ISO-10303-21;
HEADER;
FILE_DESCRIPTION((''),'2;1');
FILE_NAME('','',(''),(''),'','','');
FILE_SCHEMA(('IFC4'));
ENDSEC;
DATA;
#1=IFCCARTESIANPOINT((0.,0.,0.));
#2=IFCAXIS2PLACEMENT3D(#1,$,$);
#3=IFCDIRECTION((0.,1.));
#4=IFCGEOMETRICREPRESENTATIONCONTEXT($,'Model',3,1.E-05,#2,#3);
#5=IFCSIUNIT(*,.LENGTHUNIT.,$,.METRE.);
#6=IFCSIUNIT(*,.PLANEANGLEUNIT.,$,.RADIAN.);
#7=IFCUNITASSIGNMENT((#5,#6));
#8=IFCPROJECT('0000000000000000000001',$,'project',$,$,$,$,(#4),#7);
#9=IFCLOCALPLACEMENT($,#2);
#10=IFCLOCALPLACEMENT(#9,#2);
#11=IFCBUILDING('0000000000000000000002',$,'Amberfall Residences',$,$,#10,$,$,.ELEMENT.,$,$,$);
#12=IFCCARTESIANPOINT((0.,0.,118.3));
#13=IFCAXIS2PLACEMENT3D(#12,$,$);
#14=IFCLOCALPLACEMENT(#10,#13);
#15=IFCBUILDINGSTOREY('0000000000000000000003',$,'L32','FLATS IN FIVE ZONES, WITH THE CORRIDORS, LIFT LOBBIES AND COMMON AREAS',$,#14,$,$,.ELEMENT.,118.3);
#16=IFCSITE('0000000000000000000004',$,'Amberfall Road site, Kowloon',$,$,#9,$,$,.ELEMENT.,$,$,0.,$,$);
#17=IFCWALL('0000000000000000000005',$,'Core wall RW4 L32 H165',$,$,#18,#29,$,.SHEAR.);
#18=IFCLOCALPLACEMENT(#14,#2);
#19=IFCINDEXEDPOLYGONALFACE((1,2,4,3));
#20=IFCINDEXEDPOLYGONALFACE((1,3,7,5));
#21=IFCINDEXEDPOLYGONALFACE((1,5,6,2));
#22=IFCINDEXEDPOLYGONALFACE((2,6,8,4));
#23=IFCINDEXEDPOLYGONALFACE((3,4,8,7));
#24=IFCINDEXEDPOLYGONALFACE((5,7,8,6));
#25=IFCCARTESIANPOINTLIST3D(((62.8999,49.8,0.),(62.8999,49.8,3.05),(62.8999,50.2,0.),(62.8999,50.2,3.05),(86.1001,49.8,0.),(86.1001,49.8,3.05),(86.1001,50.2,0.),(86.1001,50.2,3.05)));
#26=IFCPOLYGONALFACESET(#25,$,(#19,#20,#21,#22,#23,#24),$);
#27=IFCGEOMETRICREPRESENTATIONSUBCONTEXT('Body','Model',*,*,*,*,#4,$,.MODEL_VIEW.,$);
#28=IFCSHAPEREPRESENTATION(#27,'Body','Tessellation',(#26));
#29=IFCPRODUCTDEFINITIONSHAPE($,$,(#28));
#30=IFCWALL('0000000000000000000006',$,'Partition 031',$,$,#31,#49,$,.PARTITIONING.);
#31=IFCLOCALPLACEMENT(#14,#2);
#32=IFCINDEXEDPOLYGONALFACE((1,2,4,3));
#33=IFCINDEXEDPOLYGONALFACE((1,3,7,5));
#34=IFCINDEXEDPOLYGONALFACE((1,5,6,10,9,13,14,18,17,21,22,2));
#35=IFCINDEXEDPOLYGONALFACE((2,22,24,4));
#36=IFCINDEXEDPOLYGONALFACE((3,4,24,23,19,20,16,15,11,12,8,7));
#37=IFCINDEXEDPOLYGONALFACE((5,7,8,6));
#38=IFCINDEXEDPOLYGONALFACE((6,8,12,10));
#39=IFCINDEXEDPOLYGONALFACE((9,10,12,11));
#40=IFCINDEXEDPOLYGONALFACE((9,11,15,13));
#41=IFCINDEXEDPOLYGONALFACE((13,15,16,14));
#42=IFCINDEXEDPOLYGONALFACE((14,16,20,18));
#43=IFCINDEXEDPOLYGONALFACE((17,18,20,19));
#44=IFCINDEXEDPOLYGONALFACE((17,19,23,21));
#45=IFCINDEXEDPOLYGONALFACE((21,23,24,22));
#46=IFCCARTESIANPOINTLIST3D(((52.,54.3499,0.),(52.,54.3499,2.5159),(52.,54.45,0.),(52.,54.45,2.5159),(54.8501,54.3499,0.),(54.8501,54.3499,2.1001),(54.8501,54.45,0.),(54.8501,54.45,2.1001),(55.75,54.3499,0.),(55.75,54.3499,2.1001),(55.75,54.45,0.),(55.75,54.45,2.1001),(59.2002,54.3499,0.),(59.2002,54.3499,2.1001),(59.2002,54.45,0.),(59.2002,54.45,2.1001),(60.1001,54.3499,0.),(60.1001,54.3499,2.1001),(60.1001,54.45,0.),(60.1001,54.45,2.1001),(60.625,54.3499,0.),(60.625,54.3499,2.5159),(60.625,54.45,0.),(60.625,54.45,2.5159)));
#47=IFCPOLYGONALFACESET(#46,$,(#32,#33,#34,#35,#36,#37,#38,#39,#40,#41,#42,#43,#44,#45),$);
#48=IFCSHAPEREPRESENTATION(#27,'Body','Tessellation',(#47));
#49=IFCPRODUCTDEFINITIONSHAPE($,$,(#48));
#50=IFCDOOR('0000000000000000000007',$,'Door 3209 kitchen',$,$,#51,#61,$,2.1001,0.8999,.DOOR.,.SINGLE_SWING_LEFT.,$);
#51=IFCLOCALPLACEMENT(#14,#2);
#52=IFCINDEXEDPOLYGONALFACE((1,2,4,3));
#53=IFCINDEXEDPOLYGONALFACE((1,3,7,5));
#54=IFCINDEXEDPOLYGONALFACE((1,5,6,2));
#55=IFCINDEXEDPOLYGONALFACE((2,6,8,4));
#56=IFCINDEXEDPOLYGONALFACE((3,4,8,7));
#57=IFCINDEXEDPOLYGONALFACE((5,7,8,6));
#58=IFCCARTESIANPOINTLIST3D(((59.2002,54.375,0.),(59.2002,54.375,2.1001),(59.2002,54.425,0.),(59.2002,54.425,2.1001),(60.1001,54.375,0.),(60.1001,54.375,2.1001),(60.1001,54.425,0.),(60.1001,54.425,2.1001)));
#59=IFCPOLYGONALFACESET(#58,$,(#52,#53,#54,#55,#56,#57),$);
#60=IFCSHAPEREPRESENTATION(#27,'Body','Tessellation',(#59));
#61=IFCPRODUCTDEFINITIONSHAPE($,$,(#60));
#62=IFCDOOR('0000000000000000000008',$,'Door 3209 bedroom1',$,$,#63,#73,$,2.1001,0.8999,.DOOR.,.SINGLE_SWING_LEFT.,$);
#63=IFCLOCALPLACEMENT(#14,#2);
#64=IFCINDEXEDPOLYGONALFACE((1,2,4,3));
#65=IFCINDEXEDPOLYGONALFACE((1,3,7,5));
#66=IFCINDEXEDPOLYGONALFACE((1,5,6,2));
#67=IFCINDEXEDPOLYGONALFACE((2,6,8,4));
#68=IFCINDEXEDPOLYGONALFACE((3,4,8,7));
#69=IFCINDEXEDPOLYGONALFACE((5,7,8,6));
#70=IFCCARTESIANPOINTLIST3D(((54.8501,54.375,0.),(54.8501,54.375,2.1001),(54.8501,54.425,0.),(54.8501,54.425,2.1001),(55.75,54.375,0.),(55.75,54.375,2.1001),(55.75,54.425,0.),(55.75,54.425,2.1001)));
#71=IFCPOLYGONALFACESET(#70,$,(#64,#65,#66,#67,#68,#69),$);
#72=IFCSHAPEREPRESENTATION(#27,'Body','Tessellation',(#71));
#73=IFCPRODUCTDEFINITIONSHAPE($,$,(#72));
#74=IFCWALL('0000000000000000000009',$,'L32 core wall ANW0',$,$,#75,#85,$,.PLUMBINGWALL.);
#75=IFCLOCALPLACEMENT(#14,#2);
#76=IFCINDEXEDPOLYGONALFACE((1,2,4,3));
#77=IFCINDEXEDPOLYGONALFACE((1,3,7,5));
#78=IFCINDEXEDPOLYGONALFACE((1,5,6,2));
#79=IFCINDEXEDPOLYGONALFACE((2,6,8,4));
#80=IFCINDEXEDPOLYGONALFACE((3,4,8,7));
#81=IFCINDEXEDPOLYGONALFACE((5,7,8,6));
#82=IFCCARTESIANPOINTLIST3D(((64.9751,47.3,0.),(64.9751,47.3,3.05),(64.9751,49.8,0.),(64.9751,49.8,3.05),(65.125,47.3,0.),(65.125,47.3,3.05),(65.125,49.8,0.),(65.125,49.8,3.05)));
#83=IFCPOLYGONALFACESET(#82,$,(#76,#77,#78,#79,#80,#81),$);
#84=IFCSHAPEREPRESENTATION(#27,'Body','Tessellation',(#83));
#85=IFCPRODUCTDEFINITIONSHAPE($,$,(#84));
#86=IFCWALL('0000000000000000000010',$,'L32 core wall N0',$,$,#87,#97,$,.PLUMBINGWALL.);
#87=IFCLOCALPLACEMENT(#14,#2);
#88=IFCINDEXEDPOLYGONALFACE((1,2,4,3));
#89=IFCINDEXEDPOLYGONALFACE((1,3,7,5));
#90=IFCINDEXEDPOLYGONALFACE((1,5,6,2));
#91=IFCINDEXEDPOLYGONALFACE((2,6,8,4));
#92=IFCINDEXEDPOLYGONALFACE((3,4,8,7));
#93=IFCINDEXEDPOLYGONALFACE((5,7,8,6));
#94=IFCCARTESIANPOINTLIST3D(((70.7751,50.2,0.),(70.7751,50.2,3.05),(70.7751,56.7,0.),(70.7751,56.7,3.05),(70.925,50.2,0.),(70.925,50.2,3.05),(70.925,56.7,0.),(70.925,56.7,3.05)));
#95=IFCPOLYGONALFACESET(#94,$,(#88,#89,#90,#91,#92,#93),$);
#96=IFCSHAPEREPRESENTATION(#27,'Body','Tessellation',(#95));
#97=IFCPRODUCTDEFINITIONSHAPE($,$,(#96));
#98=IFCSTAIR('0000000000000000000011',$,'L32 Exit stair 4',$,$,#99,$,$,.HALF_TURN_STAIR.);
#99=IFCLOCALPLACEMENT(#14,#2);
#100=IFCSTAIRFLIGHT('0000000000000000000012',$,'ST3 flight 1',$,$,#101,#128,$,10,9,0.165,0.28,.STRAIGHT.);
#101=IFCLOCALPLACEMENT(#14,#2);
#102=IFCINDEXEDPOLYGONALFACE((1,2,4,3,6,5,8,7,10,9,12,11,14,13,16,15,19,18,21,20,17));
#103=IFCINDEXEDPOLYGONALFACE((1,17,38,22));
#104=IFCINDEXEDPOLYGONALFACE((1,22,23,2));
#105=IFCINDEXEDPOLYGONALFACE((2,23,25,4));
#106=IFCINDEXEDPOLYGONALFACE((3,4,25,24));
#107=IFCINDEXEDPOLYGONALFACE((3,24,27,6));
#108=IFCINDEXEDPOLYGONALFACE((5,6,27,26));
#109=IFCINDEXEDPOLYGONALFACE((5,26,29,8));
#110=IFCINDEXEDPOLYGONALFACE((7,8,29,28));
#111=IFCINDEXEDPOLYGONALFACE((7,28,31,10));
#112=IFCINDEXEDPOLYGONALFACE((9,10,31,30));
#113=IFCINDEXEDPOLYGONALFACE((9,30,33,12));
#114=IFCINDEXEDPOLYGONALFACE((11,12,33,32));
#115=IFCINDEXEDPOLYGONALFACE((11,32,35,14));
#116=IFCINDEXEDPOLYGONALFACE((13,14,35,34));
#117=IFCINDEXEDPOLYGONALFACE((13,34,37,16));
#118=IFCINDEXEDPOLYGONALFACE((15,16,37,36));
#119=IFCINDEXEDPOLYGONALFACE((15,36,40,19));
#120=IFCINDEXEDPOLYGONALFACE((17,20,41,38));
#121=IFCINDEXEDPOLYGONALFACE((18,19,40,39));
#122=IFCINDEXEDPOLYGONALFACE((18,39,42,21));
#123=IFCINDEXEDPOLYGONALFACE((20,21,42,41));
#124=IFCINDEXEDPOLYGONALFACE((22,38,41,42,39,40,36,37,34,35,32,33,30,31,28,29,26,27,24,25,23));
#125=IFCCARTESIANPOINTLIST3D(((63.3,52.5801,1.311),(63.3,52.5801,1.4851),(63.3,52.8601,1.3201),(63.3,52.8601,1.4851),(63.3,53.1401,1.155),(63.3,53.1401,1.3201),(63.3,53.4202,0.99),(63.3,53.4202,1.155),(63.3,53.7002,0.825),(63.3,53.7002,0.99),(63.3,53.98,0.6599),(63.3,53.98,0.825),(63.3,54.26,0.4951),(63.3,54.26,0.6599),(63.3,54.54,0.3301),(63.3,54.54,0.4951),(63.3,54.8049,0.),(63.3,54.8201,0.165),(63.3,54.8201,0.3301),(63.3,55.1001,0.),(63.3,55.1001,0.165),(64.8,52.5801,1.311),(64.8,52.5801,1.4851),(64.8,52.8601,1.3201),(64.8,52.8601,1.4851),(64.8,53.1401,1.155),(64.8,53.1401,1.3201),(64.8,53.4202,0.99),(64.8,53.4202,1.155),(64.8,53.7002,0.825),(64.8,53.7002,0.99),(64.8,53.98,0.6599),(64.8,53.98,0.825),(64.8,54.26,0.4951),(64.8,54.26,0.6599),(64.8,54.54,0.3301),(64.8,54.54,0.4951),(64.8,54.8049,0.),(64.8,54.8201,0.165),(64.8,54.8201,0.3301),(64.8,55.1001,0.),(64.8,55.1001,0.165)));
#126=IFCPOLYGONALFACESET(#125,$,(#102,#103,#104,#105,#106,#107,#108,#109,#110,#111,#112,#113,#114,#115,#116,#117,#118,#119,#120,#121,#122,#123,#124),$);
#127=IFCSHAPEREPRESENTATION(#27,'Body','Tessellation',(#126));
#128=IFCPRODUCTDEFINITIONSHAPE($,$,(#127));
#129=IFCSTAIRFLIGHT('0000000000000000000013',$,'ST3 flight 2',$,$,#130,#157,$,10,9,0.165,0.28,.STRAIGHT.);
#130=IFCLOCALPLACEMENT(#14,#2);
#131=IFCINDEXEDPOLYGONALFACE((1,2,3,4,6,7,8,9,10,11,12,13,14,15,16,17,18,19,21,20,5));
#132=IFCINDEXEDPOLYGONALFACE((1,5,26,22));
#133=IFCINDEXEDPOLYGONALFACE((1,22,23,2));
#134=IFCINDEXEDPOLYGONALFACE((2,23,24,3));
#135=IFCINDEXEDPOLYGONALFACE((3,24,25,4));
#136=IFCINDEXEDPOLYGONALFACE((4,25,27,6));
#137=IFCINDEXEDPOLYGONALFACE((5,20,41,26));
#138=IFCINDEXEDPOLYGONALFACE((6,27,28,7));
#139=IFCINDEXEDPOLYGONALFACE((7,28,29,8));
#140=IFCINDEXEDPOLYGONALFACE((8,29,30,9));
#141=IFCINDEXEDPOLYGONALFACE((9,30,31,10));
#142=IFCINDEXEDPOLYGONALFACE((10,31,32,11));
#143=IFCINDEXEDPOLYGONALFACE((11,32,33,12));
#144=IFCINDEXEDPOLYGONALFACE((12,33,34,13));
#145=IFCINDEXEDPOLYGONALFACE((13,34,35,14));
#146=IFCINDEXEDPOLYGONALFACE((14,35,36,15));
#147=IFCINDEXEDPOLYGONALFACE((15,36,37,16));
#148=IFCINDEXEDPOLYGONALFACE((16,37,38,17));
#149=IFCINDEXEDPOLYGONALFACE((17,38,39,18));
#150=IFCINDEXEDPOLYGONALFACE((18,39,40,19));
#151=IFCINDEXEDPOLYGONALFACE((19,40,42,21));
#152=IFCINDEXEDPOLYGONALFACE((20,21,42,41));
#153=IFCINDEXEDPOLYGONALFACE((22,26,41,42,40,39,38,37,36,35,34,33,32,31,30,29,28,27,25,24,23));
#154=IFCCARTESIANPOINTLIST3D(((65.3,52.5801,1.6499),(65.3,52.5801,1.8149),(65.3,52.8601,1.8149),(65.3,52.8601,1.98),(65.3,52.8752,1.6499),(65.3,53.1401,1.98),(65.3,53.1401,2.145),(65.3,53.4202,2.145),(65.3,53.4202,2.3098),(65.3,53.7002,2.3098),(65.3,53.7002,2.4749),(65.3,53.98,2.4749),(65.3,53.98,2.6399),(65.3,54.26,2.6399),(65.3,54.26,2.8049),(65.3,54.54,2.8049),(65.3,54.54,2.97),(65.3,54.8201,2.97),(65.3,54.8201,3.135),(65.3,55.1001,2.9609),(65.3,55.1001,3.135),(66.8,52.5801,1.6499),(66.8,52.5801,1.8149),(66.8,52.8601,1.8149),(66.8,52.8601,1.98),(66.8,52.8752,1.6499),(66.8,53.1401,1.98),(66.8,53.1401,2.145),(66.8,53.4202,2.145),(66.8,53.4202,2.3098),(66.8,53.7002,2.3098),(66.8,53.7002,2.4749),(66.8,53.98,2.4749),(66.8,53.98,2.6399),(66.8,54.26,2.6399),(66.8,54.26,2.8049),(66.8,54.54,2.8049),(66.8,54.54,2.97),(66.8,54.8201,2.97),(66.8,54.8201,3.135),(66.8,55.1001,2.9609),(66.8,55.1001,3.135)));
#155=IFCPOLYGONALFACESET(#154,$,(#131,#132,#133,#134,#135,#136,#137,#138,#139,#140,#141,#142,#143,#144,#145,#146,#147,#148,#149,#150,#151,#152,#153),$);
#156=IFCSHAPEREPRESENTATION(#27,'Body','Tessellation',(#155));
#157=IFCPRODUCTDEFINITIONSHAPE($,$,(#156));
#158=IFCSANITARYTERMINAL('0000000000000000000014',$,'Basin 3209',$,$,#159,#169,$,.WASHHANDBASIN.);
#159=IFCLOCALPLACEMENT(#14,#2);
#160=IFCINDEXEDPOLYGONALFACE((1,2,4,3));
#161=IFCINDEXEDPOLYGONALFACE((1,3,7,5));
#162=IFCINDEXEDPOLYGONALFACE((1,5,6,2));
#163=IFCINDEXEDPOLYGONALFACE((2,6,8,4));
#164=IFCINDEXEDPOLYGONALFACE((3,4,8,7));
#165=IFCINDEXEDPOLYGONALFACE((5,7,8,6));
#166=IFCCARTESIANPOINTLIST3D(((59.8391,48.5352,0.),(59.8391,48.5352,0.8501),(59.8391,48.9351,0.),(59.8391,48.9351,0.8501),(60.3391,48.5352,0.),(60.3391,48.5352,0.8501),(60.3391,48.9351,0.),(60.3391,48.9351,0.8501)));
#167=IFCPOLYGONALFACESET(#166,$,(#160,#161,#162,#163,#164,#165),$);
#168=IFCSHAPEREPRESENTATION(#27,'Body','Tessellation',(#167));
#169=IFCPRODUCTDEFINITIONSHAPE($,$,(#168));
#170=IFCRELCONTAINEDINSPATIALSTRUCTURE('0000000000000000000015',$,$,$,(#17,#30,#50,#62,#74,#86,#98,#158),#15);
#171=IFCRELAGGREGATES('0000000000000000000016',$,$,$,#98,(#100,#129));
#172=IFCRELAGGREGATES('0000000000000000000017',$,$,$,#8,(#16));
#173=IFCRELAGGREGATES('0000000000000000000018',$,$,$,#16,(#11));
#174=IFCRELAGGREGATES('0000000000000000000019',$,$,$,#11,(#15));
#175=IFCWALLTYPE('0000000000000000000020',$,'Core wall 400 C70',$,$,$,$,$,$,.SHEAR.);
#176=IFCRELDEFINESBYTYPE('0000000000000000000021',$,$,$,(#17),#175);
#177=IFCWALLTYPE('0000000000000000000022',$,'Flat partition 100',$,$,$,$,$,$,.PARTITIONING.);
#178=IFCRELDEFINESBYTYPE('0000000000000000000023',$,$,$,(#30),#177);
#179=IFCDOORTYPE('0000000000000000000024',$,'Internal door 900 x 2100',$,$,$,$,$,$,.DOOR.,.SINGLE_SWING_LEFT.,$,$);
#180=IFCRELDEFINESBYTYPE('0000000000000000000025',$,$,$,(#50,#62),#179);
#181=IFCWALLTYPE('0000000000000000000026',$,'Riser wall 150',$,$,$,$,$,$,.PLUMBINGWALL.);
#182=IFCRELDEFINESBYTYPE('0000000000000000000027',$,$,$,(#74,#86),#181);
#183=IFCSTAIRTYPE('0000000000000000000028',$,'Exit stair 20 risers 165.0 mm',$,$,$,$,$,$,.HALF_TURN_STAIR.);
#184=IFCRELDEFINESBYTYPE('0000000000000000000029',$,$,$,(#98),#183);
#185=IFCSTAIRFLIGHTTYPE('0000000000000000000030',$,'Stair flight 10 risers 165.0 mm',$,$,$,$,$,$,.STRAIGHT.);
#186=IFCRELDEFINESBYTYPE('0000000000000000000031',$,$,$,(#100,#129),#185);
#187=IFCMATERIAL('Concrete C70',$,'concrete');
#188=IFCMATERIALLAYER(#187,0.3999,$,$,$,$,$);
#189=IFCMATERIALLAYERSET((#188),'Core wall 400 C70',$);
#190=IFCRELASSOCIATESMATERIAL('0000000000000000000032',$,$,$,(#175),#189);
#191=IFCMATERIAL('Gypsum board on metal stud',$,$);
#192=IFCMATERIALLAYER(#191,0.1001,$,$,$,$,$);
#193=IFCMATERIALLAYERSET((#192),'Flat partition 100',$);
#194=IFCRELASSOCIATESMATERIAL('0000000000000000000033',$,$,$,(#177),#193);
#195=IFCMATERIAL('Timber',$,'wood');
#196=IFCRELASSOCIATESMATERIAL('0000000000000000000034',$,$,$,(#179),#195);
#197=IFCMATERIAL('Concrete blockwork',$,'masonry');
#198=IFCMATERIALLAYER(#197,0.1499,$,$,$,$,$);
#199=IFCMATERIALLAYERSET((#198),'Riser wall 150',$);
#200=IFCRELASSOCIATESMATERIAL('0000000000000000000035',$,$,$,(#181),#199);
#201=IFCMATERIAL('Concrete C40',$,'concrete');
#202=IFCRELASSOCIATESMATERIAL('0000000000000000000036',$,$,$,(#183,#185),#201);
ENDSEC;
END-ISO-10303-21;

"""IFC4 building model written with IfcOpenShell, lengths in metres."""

from ifc_helpers import new_model, si_unit, direction, frame, frame_2d, origin, origin_2d, place, context, subcontext, project, spatial, polyline, rectangle, outline, extrude, material, layer, layer_set, type_object, element, fill, aggregate, save


model = new_model("IFC4")

# Units and contexts
model_context = context("Model", 3, precision=1e-05, world=origin(), true_north=direction((0.0, 1.0)))
body_context = subcontext(model_context, "Body", "Model", "MODEL_VIEW")
ifc_project = project(units=[si_unit("LENGTHUNIT", "METRE"), si_unit("PLANEANGLEUNIT", "RADIAN")], contexts=[model_context])

# Site, building, storey
site_placement = place(None, origin())
site = spatial("IfcSite", under=ifc_project, at=site_placement, Name="Amberfall Road site, Kowloon", CompositionType="ELEMENT", RefElevation=0.0)
building_placement = place(site_placement, origin())
building = spatial("IfcBuilding", under=site, at=building_placement, Name="Amberfall Residences", CompositionType="ELEMENT")
storey_placement = place(building_placement, frame((0.0, 0.0, 118.3)))
storey = spatial("IfcBuildingStorey", under=building, at=storey_placement, Name="L32", Description="FLATS IN FIVE ZONES, WITH THE CORRIDORS, LIFT LOBBIES AND COMMON AREAS", CompositionType="ELEMENT", Elevation=118.3)

# Wall
ifc_material_1 = material(Name="Concrete C70", Category="concrete")
ifc_layer_1 = layer(ifc_material_1, 0.3999)
ifc_layer_set_1 = layer_set([ifc_layer_1], Name="Core wall 400 C70")
wall_type_1 = type_object("IfcWallType", Name="Core wall 400 C70", PredefinedType="SHEAR", material=ifc_layer_set_1)
wall_1_placement = place(storey_placement, frame((62.8999, 50.0, 0.0), z_axis=(0.0, 0.0, 1.0), x_axis=(1.0, 0.0, 0.0)))
element("IfcWall", 1, at=wall_1_placement, inside=storey, type_object=wall_type_1, Name="Core wall RW4 L32 H165", PredefinedType="SHEAR", context=body_context, shape_type="SweptSolid", body=[
    extrude(rectangle(XDim=23.2002, YDim=0.3999, at=frame_2d((11.6001, 0.0))), origin(), (0.0, 0.0, 1.0), 3.05),
])

# Wall, openings, doors
ifc_material_2 = material(Name="Gypsum board on metal stud")
ifc_layer_2 = layer(ifc_material_2, 0.1001)
ifc_layer_set_2 = layer_set([ifc_layer_2], Name="Flat partition 100")
wall_type_2 = type_object("IfcWallType", Name="Flat partition 100", PredefinedType="PARTITIONING", material=ifc_layer_set_2)
wall_2_placement = place(storey_placement, frame((60.625, 54.3999, 0.0), z_axis=(0.0, 0.0, 1.0), x_axis=(-1.0, 0.0, 0.0)))
wall_2 = element("IfcWall", 2, at=wall_2_placement, inside=storey, type_object=wall_type_2, Name="Partition 031", PredefinedType="PARTITIONING", context=body_context, shape_type="SweptSolid", body=[
    extrude(rectangle(XDim=8.625, YDim=0.1001, at=frame_2d((4.3125, 0.0))), origin(), (0.0, 0.0, 1.0), 2.5159),
])
opening_1_placement = place(wall_2_placement, frame((0.5249, 0.0, 0.0)))
opening_1 = element("IfcOpeningElement", 3, at=opening_1_placement, cuts=wall_2, PredefinedType="OPENING", context=body_context, shape_type="SweptSolid", body=[
    extrude(rectangle(XDim=0.8999, YDim=2.1001, at=frame_2d((0.45, 1.05))), frame((0.0, 0.0601, 0.0), z_axis=(0.0, -1.0, 0.0), x_axis=(1.0, 0.0, 0.0)), (0.0, 0.0, 1.0), 0.1201),
])
opening_2_placement = place(wall_2_placement, frame((4.875, 0.0, 0.0)))
opening_2 = element("IfcOpeningElement", 4, at=opening_2_placement, cuts=wall_2, PredefinedType="OPENING", context=body_context, shape_type="SweptSolid", body=[
    extrude(rectangle(XDim=0.8999, YDim=2.1001, at=frame_2d((0.45, 1.05))), frame((0.0, 0.0601, 0.0), z_axis=(0.0, -1.0, 0.0), x_axis=(1.0, 0.0, 0.0)), (0.0, 0.0, 1.0), 0.1201),
])
ifc_material_3 = material(Name="Timber", Category="wood")
door_type = type_object("IfcDoorType", Name="Internal door 900 x 2100", OperationType="SINGLE_SWING_LEFT", PredefinedType="DOOR", material=ifc_material_3)
door_1_placement = place(opening_1_placement, origin())
door_1 = element("IfcDoor", 5, at=door_1_placement, inside=storey, type_object=door_type, Name="Door 3209 kitchen", OperationType="SINGLE_SWING_LEFT", OverallHeight=2.1001, OverallWidth=0.8999, PredefinedType="DOOR", context=body_context, shape_type="SweptSolid", body=[
    extrude(rectangle(XDim=0.8999, YDim=2.1001, at=frame_2d((0.45, 1.05))), frame((0.0, 0.0249, 0.0), z_axis=(0.0, -1.0, 0.0), x_axis=(1.0, 0.0, 0.0)), (0.0, 0.0, 1.0), 0.05),
])
fill(opening_1, door_1)
door_2_placement = place(opening_2_placement, origin())
door_2 = element("IfcDoor", 6, at=door_2_placement, inside=storey, type_object=door_type, Name="Door 3209 bedroom1", OperationType="SINGLE_SWING_LEFT", OverallHeight=2.1001, OverallWidth=0.8999, PredefinedType="DOOR", context=body_context, shape_type="SweptSolid", body=[
    extrude(rectangle(XDim=0.8999, YDim=2.1001, at=frame_2d((0.45, 1.05))), frame((0.0, 0.0249, 0.0), z_axis=(0.0, -1.0, 0.0), x_axis=(1.0, 0.0, 0.0)), (0.0, 0.0, 1.0), 0.05),
])
fill(opening_2, door_2)

# Walls
ifc_material_4 = material(Name="Concrete blockwork", Category="masonry")
ifc_layer_3 = layer(ifc_material_4, 0.1499)
ifc_layer_set_3 = layer_set([ifc_layer_3], Name="Riser wall 150")
wall_type_3 = type_object("IfcWallType", Name="Riser wall 150", PredefinedType="PLUMBINGWALL", material=ifc_layer_set_3)
wall_3_placement = place(storey_placement, frame((65.05, 47.3, 0.0), z_axis=(0.0, 0.0, 1.0), x_axis=(0.0, 1.0, 0.0)))
element("IfcWall", 7, at=wall_3_placement, inside=storey, type_object=wall_type_3, Name="L32 core wall ANW0", PredefinedType="PLUMBINGWALL", context=body_context, shape_type="SweptSolid", body=[
    extrude(rectangle(XDim=2.5, YDim=0.1499, at=frame_2d((1.25, 0.0))), origin(), (0.0, 0.0, 1.0), 3.05),
])
wall_4_placement = place(storey_placement, frame((70.8501, 50.2, 0.0), z_axis=(0.0, 0.0, 1.0), x_axis=(0.0, 1.0, 0.0)))
element("IfcWall", 8, at=wall_4_placement, inside=storey, type_object=wall_type_3, Name="L32 core wall N0", PredefinedType="PLUMBINGWALL", context=body_context, shape_type="SweptSolid", body=[
    extrude(rectangle(XDim=6.5, YDim=0.1499, at=frame_2d((3.25, 0.0))), origin(), (0.0, 0.0, 1.0), 3.05),
])

# Stair, stair flights
ifc_material_5 = material(Name="Concrete C40", Category="concrete")
stair_type = type_object("IfcStairType", Name="Exit stair 20 risers 165.0 mm", PredefinedType="HALF_TURN_STAIR", material=ifc_material_5)
stair_placement = place(storey_placement, origin())
stair = element("IfcStair", 9, at=stair_placement, inside=storey, type_object=stair_type, Name="L32 Exit stair 4", PredefinedType="HALF_TURN_STAIR")
stair_flight_type = type_object("IfcStairFlightType", Name="Stair flight 10 risers 165.0 mm", PredefinedType="STRAIGHT", material=ifc_material_5)
stair_flight_1_placement = place(storey_placement, frame((64.05, 55.1001, 0.0), z_axis=(0.0, 0.0, 1.0), x_axis=(0.0, -1.0, 0.0)))
stair_flight_1 = element("IfcStairFlight", 10, at=stair_flight_1_placement, type_object=stair_flight_type, Name="ST3 flight 1", NumberOfRisers=10, NumberOfTreads=9, PredefinedType="STRAIGHT", RiserHeight=0.165, TreadLength=0.28, context=body_context, shape_type="SweptSolid", body=[
    extrude(outline(polyline([(0.0, 0.0), (0.0, 0.165), (0.28, 0.165), (0.28, 0.3301), (0.5601, 0.3301), (0.5601, 0.4951), (0.8401, 0.4951), (0.8401, 0.6599), (1.1201, 0.6599), (1.1201, 0.825), (1.3999, 0.825), (1.3999, 0.99), (1.6799, 0.99), (1.6799, 1.155), (1.96, 1.155), (1.96, 1.3201), (2.24, 1.3201), (2.24, 1.4851), (2.52, 1.4851), (2.52, 1.6499), (2.52, 1.311), (0.2952, 0.0), (0.0, 0.0)])), frame((0.0, 0.75, 0.0), z_axis=(0.0, -1.0, 0.0), x_axis=(1.0, 0.0, 0.0)), (0.0, 0.0, 1.0), 1.5),
])
stair_flight_2_placement = place(storey_placement, frame((66.05, 52.5801, 1.6499), z_axis=(0.0, 0.0, 1.0), x_axis=(0.0, 1.0, 0.0)))
stair_flight_2 = element("IfcStairFlight", 11, at=stair_flight_2_placement, type_object=stair_flight_type, Name="ST3 flight 2", NumberOfRisers=10, NumberOfTreads=9, PredefinedType="STRAIGHT", RiserHeight=0.165, TreadLength=0.28, context=body_context, shape_type="SweptSolid", body=[
    extrude(outline(polyline([(0.0, 0.0), (0.0, 0.165), (0.28, 0.165), (0.28, 0.3301), (0.5601, 0.3301), (0.5601, 0.4951), (0.8401, 0.4951), (0.8401, 0.6599), (1.1201, 0.6599), (1.1201, 0.825), (1.3999, 0.825), (1.3999, 0.99), (1.6799, 0.99), (1.6799, 1.155), (1.96, 1.155), (1.96, 1.3201), (2.24, 1.3201), (2.24, 1.4851), (2.52, 1.4851), (2.52, 1.6499), (2.52, 1.311), (0.2952, 0.0), (0.0, 0.0)])), frame((0.0, 0.75, 0.0), z_axis=(0.0, -1.0, 0.0), x_axis=(1.0, 0.0, 0.0)), (0.0, 0.0, 1.0), 1.5),
])
aggregate(stair, [stair_flight_1, stair_flight_2])

# Sanitary terminal
sanitary_terminal_1_placement = place(storey_placement, frame((60.0891, 48.7351, 0.0), z_axis=(0.0, 0.0, 1.0), x_axis=(1.0, 0.0, 0.0)))
element("IfcSanitaryTerminal", 12, at=sanitary_terminal_1_placement, inside=storey, Name="Basin 3209", PredefinedType="WASHHANDBASIN", context=body_context, shape_type="SweptSolid", body=[
    extrude(rectangle(XDim=0.5, YDim=0.3999, at=origin_2d()), origin(), (0.0, 0.0, 1.0), 0.8501),
])

save(model, "model.ifc")
